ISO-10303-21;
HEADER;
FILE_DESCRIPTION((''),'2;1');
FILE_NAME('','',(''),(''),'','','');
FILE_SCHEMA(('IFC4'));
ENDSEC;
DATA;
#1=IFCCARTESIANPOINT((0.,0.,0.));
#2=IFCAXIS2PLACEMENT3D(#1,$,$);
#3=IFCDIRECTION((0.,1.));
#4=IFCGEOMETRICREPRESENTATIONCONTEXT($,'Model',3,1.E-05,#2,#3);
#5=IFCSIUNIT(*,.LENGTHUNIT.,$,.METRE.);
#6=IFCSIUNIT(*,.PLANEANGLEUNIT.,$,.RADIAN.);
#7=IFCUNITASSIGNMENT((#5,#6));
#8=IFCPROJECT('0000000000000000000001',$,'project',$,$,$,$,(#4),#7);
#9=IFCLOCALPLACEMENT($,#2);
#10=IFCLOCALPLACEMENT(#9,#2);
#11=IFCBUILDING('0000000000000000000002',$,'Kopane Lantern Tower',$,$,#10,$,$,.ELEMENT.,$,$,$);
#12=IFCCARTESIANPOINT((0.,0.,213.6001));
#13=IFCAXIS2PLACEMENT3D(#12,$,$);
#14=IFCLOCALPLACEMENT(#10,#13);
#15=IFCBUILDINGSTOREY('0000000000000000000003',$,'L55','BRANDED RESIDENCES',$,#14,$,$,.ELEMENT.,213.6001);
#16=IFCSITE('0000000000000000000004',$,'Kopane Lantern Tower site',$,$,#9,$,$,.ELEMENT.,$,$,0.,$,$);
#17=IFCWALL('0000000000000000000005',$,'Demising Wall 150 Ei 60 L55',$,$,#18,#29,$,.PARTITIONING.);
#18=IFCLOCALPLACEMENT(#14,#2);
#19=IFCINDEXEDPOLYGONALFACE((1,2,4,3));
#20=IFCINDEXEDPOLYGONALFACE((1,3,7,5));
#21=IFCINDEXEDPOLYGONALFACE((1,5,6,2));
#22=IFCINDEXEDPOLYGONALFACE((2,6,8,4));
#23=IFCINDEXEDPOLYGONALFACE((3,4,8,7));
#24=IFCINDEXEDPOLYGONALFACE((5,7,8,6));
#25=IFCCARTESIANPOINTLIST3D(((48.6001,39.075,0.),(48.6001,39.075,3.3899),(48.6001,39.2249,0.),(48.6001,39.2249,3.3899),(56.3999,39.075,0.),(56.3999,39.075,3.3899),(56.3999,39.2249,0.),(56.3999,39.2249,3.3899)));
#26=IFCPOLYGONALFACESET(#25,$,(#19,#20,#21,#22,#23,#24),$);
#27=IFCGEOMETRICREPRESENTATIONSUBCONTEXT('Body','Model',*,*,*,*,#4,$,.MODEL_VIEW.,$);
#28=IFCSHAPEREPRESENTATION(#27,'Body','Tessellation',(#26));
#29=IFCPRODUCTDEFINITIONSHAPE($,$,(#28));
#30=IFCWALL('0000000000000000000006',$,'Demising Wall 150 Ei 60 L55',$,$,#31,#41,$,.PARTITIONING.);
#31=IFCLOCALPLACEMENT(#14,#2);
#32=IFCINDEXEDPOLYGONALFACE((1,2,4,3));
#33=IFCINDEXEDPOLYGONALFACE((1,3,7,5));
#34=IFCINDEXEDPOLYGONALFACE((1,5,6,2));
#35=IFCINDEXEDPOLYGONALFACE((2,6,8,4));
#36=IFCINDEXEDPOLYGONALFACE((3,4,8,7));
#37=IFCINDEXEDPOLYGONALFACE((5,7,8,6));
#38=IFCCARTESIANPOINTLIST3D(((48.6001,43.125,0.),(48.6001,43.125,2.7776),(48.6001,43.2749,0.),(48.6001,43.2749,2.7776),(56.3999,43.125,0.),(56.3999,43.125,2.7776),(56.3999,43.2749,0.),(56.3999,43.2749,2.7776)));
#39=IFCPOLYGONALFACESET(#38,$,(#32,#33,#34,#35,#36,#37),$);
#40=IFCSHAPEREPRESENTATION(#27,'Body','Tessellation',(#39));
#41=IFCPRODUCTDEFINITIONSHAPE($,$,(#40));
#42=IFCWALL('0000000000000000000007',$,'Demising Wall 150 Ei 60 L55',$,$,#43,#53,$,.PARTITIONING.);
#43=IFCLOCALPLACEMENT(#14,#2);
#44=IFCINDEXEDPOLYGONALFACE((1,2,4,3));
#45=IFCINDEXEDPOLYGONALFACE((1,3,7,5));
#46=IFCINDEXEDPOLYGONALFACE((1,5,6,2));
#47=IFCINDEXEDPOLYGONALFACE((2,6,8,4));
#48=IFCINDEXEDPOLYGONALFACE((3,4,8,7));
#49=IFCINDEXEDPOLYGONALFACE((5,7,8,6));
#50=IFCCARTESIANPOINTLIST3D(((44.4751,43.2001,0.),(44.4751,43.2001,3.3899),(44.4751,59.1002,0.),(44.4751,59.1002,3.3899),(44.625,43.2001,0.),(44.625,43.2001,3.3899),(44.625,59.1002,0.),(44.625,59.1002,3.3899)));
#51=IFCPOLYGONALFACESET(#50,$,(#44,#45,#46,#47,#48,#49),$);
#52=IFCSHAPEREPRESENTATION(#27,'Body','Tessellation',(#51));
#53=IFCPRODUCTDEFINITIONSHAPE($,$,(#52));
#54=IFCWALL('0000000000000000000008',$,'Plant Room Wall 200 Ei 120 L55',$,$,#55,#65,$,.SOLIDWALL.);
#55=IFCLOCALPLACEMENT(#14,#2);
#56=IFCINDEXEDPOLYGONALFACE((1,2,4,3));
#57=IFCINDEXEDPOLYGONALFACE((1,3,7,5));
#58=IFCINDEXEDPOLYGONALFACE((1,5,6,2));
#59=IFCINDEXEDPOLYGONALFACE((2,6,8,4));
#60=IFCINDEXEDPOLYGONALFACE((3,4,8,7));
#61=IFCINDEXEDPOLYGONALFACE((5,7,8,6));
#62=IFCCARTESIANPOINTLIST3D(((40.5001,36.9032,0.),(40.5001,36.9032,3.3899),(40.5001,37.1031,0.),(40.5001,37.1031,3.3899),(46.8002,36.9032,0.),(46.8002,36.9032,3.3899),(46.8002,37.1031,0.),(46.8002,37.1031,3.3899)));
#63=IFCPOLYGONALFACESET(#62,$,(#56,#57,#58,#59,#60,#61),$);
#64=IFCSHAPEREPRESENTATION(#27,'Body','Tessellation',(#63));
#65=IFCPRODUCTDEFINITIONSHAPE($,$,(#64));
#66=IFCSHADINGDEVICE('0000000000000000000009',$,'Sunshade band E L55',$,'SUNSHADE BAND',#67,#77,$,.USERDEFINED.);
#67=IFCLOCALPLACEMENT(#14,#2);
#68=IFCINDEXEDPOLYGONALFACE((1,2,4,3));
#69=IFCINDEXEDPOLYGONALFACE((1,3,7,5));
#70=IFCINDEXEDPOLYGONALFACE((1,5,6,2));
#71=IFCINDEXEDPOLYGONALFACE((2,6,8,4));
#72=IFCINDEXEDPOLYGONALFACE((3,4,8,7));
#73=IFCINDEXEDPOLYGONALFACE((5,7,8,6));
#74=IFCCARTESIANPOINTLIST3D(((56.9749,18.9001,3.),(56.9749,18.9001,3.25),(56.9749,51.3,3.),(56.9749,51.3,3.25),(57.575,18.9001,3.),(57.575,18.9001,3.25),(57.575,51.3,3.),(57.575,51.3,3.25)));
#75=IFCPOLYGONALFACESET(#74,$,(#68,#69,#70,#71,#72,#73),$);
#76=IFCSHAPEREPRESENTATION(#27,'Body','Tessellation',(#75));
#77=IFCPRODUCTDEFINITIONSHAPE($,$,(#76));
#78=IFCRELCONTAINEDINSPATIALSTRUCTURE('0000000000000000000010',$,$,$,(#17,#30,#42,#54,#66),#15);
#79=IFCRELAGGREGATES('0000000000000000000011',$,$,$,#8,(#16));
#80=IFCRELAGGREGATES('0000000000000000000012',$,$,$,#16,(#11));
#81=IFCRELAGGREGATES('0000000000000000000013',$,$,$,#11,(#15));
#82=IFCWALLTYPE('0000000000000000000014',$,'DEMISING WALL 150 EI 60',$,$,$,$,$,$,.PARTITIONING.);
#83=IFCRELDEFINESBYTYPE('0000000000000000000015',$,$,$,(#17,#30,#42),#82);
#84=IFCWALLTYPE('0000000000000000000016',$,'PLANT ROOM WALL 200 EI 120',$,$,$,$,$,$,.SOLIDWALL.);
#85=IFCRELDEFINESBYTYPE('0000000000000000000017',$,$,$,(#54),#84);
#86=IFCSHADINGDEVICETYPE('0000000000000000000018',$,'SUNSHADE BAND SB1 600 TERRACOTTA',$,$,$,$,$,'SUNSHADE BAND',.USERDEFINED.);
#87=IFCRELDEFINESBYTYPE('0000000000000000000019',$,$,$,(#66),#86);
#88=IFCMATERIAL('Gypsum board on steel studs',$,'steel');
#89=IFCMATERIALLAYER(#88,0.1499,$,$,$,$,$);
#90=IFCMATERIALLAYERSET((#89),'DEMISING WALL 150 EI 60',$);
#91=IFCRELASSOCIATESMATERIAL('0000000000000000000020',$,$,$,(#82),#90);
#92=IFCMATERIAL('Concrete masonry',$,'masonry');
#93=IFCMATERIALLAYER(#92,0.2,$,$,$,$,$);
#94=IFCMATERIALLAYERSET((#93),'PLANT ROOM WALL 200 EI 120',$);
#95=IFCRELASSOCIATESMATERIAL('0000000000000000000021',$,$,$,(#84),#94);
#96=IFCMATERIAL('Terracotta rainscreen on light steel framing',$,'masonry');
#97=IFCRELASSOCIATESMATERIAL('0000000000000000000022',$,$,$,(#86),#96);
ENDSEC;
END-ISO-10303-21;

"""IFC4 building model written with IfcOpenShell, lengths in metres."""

from ifc_helpers import new_model, si_unit, direction, frame, frame_2d, origin, origin_2d, place, context, subcontext, project, spatial, rectangle, extrude, material, layer, layer_set, type_object, element, save


model = new_model("IFC4")

# Units and contexts
model_context = context("Model", 3, precision=1e-05, world=origin(), true_north=direction((0.0, 1.0)))
body_context = subcontext(model_context, "Body", "Model", "MODEL_VIEW")
ifc_project = project(units=[si_unit("LENGTHUNIT", "METRE"), si_unit("PLANEANGLEUNIT", "RADIAN")], contexts=[model_context])

# Site, building, storey
site_placement = place(None, origin())
site = spatial("IfcSite", under=ifc_project, at=site_placement, Name="Kopane Lantern Tower site", CompositionType="ELEMENT", RefElevation=0.0)
building_placement = place(site_placement, origin())
building = spatial("IfcBuilding", under=site, at=building_placement, Name="Kopane Lantern Tower", CompositionType="ELEMENT")
storey_placement = place(building_placement, frame((0.0, 0.0, 213.6001)))
storey = spatial("IfcBuildingStorey", under=building, at=storey_placement, Name="L55", Description="BRANDED RESIDENCES", CompositionType="ELEMENT", Elevation=213.6001)

# Walls
ifc_material_1 = material(Name="Gypsum board on steel studs", Category="steel")
ifc_layer_1 = layer(ifc_material_1, 0.1499)
ifc_layer_set_1 = layer_set([ifc_layer_1], Name="DEMISING WALL 150 EI 60")
wall_type_1 = type_object("IfcWallType", Name="DEMISING WALL 150 EI 60", PredefinedType="PARTITIONING", material=ifc_layer_set_1)
wall_1_placement = place(storey_placement, frame((48.6001, 39.1499, 0.0), z_axis=(0.0, 0.0, 1.0), x_axis=(1.0, 0.0, 0.0)))
element("IfcWall", 1, at=wall_1_placement, inside=storey, type_object=wall_type_1, Name="Demising Wall 150 Ei 60 L55", PredefinedType="PARTITIONING", context=body_context, shape_type="SweptSolid", body=[
    extrude(rectangle(XDim=7.7998, YDim=0.1499, at=frame_2d((3.8999, 0.0))), origin(), (0.0, 0.0, 1.0), 3.3899),
])
wall_2_placement = place(storey_placement, frame((48.6001, 43.2, 0.0), z_axis=(0.0, 0.0, 1.0), x_axis=(1.0, 0.0, 0.0)))
element("IfcWall", 2, at=wall_2_placement, inside=storey, type_object=wall_type_1, Name="Demising Wall 150 Ei 60 L55", PredefinedType="PARTITIONING", context=body_context, shape_type="SweptSolid", body=[
    extrude(rectangle(XDim=7.7998, YDim=0.1499, at=frame_2d((3.8999, 0.0))), origin(), (0.0, 0.0, 1.0), 2.7776),
])
wall_3_placement = place(storey_placement, frame((44.55, 43.2, 0.0), z_axis=(0.0, 0.0, 1.0), x_axis=(0.0, 1.0, 0.0)))
element("IfcWall", 3, at=wall_3_placement, inside=storey, type_object=wall_type_1, Name="Demising Wall 150 Ei 60 L55", PredefinedType="PARTITIONING", context=body_context, shape_type="SweptSolid", body=[
    extrude(rectangle(XDim=15.9001, YDim=0.1499, at=frame_2d((7.9502, 0.0))), origin(), (0.0, 0.0, 1.0), 3.3899),
])
ifc_material_2 = material(Name="Concrete masonry", Category="masonry")
ifc_layer_2 = layer(ifc_material_2, 0.2)
ifc_layer_set_2 = layer_set([ifc_layer_2], Name="PLANT ROOM WALL 200 EI 120")
wall_type_2 = type_object("IfcWallType", Name="PLANT ROOM WALL 200 EI 120", PredefinedType="SOLIDWALL", material=ifc_layer_set_2)
wall_4_placement = place(storey_placement, frame((46.8, 37.0032, 0.0), z_axis=(0.0, 0.0, 1.0), x_axis=(-1.0, 0.0, 0.0)))
element("IfcWall", 4, at=wall_4_placement, inside=storey, type_object=wall_type_2, Name="Plant Room Wall 200 Ei 120 L55", PredefinedType="SOLIDWALL", context=body_context, shape_type="SweptSolid", body=[
    extrude(rectangle(XDim=6.3, YDim=0.2, at=frame_2d((3.1499, 0.0))), origin(), (0.0, 0.0, 1.0), 3.3899),
])

# Shading device
ifc_material_3 = material(Name="Terracotta rainscreen on light steel framing", Category="masonry")
shading_device_type = type_object("IfcShadingDeviceType", Name="SUNSHADE BAND SB1 600 TERRACOTTA", ElementType="SUNSHADE BAND", PredefinedType="USERDEFINED", material=ifc_material_3)
shading_device_placement = place(storey_placement, frame((57.2749, 35.1001, 3.0), z_axis=(0.0, 0.0, 1.0), x_axis=(0.0, 1.0, 0.0)))
element("IfcShadingDevice", 5, at=shading_device_placement, inside=storey, type_object=shading_device_type, Name="Sunshade band E L55", ObjectType="SUNSHADE BAND", PredefinedType="USERDEFINED", context=body_context, shape_type="SweptSolid", body=[
    extrude(rectangle(XDim=32.3999, YDim=0.6001, at=origin_2d()), origin(), (0.0, 0.0, 1.0), 0.25),
])

save(model, "model.ifc")
